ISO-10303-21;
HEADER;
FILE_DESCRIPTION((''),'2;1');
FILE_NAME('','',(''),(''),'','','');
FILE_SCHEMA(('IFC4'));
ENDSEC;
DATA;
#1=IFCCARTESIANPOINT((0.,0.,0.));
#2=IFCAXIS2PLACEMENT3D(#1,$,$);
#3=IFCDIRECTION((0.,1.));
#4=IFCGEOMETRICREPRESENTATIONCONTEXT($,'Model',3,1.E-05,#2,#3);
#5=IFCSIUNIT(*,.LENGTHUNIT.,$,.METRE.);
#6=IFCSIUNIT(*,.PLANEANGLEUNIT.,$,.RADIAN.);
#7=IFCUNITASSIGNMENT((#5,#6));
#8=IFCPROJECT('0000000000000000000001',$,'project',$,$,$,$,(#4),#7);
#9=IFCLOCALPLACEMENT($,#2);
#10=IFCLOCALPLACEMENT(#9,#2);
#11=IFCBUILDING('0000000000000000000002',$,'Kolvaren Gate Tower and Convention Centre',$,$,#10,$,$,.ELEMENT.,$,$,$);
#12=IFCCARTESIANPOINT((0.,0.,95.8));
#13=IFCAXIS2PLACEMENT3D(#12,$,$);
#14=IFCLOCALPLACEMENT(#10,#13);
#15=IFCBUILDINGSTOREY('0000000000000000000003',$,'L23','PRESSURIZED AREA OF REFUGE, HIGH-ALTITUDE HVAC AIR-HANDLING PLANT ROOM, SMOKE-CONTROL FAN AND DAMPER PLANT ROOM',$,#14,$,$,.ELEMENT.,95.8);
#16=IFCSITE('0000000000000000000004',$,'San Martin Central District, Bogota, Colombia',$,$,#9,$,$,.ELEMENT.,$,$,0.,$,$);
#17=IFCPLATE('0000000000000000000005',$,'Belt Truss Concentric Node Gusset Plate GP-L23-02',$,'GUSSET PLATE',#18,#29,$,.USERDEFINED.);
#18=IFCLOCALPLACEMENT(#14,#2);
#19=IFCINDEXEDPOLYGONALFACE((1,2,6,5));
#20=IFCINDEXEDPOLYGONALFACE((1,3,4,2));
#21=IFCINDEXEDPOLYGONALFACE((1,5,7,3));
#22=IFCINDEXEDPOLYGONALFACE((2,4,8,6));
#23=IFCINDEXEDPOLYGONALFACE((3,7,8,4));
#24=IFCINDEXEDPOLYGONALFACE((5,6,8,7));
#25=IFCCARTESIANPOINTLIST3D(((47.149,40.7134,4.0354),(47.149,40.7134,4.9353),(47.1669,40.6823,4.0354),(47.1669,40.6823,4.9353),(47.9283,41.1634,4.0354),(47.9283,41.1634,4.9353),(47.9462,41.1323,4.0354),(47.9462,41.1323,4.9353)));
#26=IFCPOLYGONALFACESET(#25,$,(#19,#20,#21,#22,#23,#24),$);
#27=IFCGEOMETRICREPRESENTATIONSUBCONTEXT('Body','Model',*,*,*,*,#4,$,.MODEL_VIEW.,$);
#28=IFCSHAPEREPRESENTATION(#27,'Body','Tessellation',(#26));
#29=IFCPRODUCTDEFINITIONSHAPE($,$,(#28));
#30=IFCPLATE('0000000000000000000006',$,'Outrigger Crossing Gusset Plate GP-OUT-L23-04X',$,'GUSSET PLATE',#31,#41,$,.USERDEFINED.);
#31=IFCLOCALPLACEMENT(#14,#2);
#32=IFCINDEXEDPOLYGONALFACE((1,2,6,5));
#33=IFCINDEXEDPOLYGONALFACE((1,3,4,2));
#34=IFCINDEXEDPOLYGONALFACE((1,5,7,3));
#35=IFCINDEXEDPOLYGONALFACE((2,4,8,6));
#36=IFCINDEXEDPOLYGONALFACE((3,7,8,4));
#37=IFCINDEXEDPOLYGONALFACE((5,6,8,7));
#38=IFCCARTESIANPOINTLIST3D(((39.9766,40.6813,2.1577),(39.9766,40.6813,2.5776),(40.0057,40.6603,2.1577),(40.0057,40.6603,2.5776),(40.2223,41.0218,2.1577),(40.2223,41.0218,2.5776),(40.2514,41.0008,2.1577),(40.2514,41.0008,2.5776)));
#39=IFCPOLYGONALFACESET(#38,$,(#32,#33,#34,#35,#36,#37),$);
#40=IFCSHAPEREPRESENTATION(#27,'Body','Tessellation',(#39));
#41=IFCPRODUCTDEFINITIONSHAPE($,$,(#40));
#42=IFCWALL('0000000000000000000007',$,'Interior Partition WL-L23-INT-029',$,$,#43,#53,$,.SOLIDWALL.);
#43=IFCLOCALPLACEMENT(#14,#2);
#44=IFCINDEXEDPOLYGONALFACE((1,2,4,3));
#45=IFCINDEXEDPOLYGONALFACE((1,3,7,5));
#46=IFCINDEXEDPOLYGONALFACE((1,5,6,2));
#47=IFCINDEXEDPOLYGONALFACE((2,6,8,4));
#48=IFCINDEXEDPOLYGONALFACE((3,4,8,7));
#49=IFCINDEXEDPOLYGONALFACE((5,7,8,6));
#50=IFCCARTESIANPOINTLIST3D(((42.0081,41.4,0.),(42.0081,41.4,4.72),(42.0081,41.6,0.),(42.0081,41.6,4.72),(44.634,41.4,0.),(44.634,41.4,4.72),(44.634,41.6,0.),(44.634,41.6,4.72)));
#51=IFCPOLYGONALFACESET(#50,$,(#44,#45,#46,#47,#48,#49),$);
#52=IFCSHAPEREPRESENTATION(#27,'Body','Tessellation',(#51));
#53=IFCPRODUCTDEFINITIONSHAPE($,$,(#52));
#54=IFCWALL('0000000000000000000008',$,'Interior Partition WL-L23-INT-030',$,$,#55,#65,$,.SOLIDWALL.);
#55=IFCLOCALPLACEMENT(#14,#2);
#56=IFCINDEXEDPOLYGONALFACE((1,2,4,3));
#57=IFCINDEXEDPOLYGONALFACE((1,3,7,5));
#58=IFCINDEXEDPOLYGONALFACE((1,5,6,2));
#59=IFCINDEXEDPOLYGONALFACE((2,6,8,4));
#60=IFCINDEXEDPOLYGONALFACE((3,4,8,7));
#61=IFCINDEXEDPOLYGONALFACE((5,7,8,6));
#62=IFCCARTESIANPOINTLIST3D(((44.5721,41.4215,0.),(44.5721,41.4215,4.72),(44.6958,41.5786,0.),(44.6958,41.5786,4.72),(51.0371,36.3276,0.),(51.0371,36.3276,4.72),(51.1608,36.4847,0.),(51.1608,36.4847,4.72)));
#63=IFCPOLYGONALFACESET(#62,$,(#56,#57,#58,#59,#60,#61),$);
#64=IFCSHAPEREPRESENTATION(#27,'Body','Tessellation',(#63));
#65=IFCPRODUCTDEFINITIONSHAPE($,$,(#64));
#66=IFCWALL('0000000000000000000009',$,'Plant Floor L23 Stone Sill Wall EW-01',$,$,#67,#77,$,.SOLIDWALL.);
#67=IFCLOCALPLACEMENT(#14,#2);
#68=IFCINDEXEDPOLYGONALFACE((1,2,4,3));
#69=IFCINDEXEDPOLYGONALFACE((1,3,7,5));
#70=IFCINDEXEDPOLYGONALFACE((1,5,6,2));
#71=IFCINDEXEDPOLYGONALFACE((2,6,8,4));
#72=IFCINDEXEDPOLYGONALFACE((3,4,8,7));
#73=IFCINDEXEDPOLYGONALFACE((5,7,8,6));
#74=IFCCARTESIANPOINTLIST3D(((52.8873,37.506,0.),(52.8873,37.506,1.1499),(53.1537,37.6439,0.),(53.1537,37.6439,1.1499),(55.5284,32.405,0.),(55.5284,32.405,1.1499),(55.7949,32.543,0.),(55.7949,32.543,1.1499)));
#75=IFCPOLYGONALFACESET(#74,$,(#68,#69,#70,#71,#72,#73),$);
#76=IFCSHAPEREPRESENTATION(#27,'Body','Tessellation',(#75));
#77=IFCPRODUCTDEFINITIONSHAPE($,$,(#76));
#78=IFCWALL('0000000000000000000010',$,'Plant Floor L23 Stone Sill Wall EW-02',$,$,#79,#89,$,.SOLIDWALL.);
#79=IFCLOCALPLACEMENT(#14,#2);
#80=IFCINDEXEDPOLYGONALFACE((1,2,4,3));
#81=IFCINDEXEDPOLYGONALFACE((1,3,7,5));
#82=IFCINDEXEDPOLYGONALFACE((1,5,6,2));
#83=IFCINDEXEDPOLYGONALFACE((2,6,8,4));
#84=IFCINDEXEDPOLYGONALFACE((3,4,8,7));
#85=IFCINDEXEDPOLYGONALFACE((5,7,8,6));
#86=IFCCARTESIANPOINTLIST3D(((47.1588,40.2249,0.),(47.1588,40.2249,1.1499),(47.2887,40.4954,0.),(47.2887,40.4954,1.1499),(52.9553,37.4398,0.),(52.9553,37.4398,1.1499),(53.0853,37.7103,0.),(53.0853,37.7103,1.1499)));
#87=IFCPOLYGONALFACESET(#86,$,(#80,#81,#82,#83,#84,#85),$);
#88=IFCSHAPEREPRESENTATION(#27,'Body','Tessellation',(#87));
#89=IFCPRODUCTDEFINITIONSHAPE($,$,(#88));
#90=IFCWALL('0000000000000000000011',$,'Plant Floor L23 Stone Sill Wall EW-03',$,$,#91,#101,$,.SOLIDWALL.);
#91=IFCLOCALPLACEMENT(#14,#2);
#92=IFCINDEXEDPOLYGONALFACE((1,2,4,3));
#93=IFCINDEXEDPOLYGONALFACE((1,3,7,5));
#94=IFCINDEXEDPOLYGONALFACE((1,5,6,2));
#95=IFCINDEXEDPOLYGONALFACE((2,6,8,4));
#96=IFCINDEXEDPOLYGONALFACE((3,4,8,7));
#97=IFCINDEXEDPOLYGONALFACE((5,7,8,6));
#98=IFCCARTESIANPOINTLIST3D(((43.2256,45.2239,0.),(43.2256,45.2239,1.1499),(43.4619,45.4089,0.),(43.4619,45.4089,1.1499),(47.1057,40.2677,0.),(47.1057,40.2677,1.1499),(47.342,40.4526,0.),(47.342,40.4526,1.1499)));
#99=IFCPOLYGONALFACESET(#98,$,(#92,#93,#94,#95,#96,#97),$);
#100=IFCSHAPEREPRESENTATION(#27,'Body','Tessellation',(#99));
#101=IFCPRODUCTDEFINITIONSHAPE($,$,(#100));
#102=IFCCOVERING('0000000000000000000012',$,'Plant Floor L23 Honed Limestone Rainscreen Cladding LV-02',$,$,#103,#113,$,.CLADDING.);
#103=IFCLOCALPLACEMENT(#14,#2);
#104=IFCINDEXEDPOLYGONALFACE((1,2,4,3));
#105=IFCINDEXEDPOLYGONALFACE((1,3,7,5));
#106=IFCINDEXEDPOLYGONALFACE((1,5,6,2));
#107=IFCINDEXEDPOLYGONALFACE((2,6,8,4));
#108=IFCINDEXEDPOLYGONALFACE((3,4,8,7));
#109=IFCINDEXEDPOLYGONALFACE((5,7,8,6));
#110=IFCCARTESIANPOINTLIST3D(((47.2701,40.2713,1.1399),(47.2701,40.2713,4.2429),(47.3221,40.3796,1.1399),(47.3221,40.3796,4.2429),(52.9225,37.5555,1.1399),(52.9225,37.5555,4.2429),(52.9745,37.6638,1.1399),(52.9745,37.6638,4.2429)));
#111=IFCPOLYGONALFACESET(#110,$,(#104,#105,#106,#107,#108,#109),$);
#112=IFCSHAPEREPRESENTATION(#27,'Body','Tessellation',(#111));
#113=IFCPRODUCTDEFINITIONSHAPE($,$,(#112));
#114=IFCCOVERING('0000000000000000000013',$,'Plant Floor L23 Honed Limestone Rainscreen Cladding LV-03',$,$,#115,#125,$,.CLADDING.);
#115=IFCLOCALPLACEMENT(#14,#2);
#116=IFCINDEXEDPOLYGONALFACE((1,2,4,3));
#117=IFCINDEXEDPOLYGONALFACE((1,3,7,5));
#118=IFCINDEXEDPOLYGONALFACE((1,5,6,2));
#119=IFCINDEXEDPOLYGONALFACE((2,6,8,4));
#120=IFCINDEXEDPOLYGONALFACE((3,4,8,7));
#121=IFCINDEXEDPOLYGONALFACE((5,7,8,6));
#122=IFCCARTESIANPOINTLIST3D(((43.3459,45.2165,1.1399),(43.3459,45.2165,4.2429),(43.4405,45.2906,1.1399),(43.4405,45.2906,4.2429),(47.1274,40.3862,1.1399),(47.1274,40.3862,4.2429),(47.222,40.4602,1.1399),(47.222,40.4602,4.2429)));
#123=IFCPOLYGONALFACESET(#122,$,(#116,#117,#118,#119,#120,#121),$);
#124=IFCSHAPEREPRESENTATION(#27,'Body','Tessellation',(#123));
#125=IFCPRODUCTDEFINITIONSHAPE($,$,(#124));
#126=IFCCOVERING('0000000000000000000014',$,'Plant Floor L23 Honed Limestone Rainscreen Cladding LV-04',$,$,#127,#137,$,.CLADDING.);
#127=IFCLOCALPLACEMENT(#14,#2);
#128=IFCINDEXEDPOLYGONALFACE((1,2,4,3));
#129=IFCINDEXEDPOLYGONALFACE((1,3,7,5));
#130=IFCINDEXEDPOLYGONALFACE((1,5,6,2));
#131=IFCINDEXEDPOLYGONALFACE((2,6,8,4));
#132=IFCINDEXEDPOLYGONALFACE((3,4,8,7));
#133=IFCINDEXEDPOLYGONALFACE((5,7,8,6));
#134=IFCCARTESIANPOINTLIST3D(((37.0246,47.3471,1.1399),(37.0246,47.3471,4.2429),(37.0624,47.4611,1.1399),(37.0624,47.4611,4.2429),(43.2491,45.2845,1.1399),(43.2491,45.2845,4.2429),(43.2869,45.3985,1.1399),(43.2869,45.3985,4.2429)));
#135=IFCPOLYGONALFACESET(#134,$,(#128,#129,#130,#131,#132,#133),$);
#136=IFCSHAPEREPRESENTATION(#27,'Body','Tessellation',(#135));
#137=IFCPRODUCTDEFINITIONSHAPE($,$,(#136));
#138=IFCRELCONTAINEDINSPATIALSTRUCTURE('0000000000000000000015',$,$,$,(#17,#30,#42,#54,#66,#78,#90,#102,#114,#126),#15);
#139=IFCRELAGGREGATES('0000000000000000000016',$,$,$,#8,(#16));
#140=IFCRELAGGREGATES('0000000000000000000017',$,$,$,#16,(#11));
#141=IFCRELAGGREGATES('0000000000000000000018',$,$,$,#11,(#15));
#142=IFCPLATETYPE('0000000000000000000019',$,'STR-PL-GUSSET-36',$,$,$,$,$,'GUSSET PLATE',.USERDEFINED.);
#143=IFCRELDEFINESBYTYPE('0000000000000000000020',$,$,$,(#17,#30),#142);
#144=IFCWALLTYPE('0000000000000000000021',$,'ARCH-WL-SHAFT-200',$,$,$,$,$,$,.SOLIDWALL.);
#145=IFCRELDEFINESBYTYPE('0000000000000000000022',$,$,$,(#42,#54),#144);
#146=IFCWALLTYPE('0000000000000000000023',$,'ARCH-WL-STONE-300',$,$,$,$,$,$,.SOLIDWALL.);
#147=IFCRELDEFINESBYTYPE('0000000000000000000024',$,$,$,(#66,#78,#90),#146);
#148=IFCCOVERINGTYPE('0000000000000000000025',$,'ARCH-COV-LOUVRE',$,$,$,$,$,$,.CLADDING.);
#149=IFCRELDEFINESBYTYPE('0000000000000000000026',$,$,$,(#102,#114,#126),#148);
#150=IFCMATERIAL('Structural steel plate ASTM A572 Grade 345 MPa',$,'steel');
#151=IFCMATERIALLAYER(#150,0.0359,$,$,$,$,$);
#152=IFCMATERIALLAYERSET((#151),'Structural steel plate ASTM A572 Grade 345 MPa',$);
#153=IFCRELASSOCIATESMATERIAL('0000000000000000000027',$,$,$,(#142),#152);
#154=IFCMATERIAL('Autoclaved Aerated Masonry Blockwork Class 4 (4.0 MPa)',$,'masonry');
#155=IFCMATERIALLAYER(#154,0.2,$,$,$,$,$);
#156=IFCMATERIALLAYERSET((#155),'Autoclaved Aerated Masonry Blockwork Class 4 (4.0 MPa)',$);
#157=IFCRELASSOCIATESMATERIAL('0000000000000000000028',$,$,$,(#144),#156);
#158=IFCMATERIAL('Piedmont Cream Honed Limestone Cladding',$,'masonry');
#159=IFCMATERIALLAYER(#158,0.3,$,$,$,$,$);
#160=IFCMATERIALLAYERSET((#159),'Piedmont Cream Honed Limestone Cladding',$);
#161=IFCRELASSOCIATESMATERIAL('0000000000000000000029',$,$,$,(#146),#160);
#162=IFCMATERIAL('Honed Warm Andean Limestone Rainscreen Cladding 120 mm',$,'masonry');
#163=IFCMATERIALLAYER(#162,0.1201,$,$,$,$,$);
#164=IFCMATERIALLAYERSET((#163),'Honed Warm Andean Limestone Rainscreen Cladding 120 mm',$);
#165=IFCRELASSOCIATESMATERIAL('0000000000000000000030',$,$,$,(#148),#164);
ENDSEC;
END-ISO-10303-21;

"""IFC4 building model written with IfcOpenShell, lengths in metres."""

from ifc_helpers import new_model, si_unit, direction, frame, frame_2d, origin, origin_2d, place, context, subcontext, project, spatial, rectangle, extrude, material, layer, layer_set, type_object, element, save


model = new_model("IFC4")

# Units and contexts
model_context = context("Model", 3, precision=1e-05, world=origin(), true_north=direction((0.0, 1.0)))
body_context = subcontext(model_context, "Body", "Model", "MODEL_VIEW")
ifc_project = project(units=[si_unit("LENGTHUNIT", "METRE"), si_unit("PLANEANGLEUNIT", "RADIAN")], contexts=[model_context])

# Site, building, storey
site_placement = place(None, origin())
site = spatial("IfcSite", under=ifc_project, at=site_placement, Name="San Martin Central District, Bogota, Colombia", CompositionType="ELEMENT", RefElevation=0.0)
building_placement = place(site_placement, origin())
building = spatial("IfcBuilding", under=site, at=building_placement, Name="Kolvaren Gate Tower and Convention Centre", CompositionType="ELEMENT")
storey_placement = place(building_placement, frame((0.0, 0.0, 95.8)))
storey = spatial("IfcBuildingStorey", under=building, at=storey_placement, Name="L23", Description="PRESSURIZED AREA OF REFUGE, HIGH-ALTITUDE HVAC AIR-HANDLING PLANT ROOM, SMOKE-CONTROL FAN AND DAMPER PLANT ROOM", CompositionType="ELEMENT", Elevation=95.8)

# Plates
ifc_material_1 = material(Name="Structural steel plate ASTM A572 Grade 345 MPa", Category="steel")
ifc_layer_1 = layer(ifc_material_1, 0.0359)
ifc_layer_set_1 = layer_set([ifc_layer_1], Name="Structural steel plate ASTM A572 Grade 345 MPa")
plate_type_1 = type_object("IfcPlateType", Name="STR-PL-GUSSET-36", ElementType="GUSSET PLATE", PredefinedType="USERDEFINED", material=ifc_layer_set_1)
plate_1_placement = place(storey_placement, frame((47.5476, 40.9229, 4.0354), z_axis=(0.0, 0.0, 1.0), x_axis=(0.866025, 0.5, 0.0)))
element("IfcPlate", 1, at=plate_1_placement, inside=storey, type_object=plate_type_1, Name="Belt Truss Concentric Node Gusset Plate GP-L23-02", ObjectType="GUSSET PLATE", PredefinedType="USERDEFINED", context=body_context, shape_type="SweptSolid", body=[
    extrude(rectangle(XDim=0.8999, YDim=0.0359, at=origin_2d()), origin(), (0.0, 0.0, 1.0), 0.8999),
])
plate_2_placement = place(storey_placement, frame((40.114, 40.8411, 2.1577), z_axis=(0.0, 0.0, 1.0), x_axis=(0.585221, 0.810874, 0.0)))
element("IfcPlate", 2, at=plate_2_placement, inside=storey, type_object=plate_type_1, Name="Outrigger Crossing Gusset Plate GP-OUT-L23-04X", ObjectType="GUSSET PLATE", PredefinedType="USERDEFINED", context=body_context, shape_type="SweptSolid", body=[
    extrude(rectangle(XDim=0.4199, YDim=0.0359, at=origin_2d()), origin(), (0.0, 0.0, 1.0), 0.4199),
])

# Walls
ifc_material_2 = material(Name="Autoclaved Aerated Masonry Blockwork Class 4 (4.0 MPa)", Category="masonry")
ifc_layer_2 = layer(ifc_material_2, 0.2)
ifc_layer_set_2 = layer_set([ifc_layer_2], Name="Autoclaved Aerated Masonry Blockwork Class 4 (4.0 MPa)")
wall_type_1 = type_object("IfcWallType", Name="ARCH-WL-SHAFT-200", PredefinedType="SOLIDWALL", material=ifc_layer_set_2)
wall_1_placement = place(storey_placement, frame((42.0081, 41.5, 0.0), z_axis=(0.0, 0.0, 1.0), x_axis=(1.0, 0.0, 0.0)))
element("IfcWall", 3, at=wall_1_placement, inside=storey, type_object=wall_type_1, Name="Interior Partition WL-L23-INT-029", PredefinedType="SOLIDWALL", context=body_context, shape_type="SweptSolid", body=[
    extrude(rectangle(XDim=2.626, YDim=0.2, at=frame_2d((1.313, 0.0))), origin(), (0.0, 0.0, 1.0), 4.72),
])
wall_2_placement = place(storey_placement, frame((44.634, 41.5, 0.0), z_axis=(0.0, 0.0, 1.0), x_axis=(0.785475, -0.618894, 0.0)))
element("IfcWall", 4, at=wall_2_placement, inside=storey, type_object=wall_type_1, Name="Interior Partition WL-L23-INT-030", PredefinedType="SOLIDWALL", context=body_context, shape_type="SweptSolid", body=[
    extrude(rectangle(XDim=8.2307, YDim=0.2, at=frame_2d((4.1152, 0.0))), origin(), (0.0, 0.0, 1.0), 4.72),
])
ifc_material_3 = material(Name="Piedmont Cream Honed Limestone Cladding", Category="masonry")
ifc_layer_3 = layer(ifc_material_3, 0.3)
ifc_layer_set_3 = layer_set([ifc_layer_3], Name="Piedmont Cream Honed Limestone Cladding")
wall_type_2 = type_object("IfcWallType", Name="ARCH-WL-STONE-300", PredefinedType="SOLIDWALL", material=ifc_layer_set_3)
wall_3_placement = place(storey_placement, frame((53.0205, 37.575, 0.0), z_axis=(0.0, 0.0, 1.0), x_axis=(0.459801, -0.888022, 0.0)))
element("IfcWall", 5, at=wall_3_placement, inside=storey, type_object=wall_type_2, Name="Plant Floor L23 Stone Sill Wall EW-01", PredefinedType="SOLIDWALL", context=body_context, shape_type="SweptSolid", body=[
    extrude(rectangle(XDim=5.7441, YDim=0.3, at=frame_2d((2.8721, 0.0))), origin(), (0.0, 0.0, 1.0), 1.1499),
])
wall_4_placement = place(storey_placement, frame((47.2239, 40.3601, 0.0), z_axis=(0.0, 0.0, 1.0), x_axis=(0.901355, -0.433082, 0.0)))
element("IfcWall", 6, at=wall_4_placement, inside=storey, type_object=wall_type_2, Name="Plant Floor L23 Stone Sill Wall EW-02", PredefinedType="SOLIDWALL", context=body_context, shape_type="SweptSolid", body=[
    extrude(rectangle(XDim=6.4309, YDim=0.3, at=frame_2d((3.2153, 0.0))), origin(), (0.0, 0.0, 1.0), 1.1499),
])
wall_5_placement = place(storey_placement, frame((43.3438, 45.3164, 0.0), z_axis=(0.0, 0.0, 1.0), x_axis=(0.616435, -0.787406, 0.0)))
element("IfcWall", 7, at=wall_5_placement, inside=storey, type_object=wall_type_2, Name="Plant Floor L23 Stone Sill Wall EW-03", PredefinedType="SOLIDWALL", context=body_context, shape_type="SweptSolid", body=[
    extrude(rectangle(XDim=6.2944, YDim=0.3, at=frame_2d((3.1472, 0.0))), origin(), (0.0, 0.0, 1.0), 1.1499),
])

# Coverings
ifc_material_4 = material(Name="Honed Warm Andean Limestone Rainscreen Cladding 120 mm", Category="masonry")
ifc_layer_4 = layer(ifc_material_4, 0.1201)
ifc_layer_set_4 = layer_set([ifc_layer_4], Name="Honed Warm Andean Limestone Rainscreen Cladding 120 mm")
covering_type = type_object("IfcCoveringType", Name="ARCH-COV-LOUVRE", PredefinedType="CLADDING", material=ifc_layer_set_4)
covering_1_placement = place(storey_placement, frame((50.1223, 38.9675, 1.1399), z_axis=(0.0, 0.0, 1.0), x_axis=(0.901358, -0.433076, 0.0)))
element("IfcCovering", 8, at=covering_1_placement, inside=storey, type_object=covering_type, Name="Plant Floor L23 Honed Limestone Rainscreen Cladding LV-02", PredefinedType="CLADDING", context=body_context, shape_type="SweptSolid", body=[
    extrude(rectangle(XDim=6.271, YDim=0.1201, at=origin_2d()), origin(), (0.0, 0.0, 1.0), 3.103),
])
covering_2_placement = place(storey_placement, frame((45.2839, 42.8384, 1.1399), z_axis=(0.0, 0.0, 1.0), x_axis=(0.616431, -0.787409, 0.0)))
element("IfcCovering", 9, at=covering_2_placement, inside=storey, type_object=covering_type, Name="Plant Floor L23 Honed Limestone Rainscreen Cladding LV-03", PredefinedType="CLADDING", context=body_context, shape_type="SweptSolid", body=[
    extrude(rectangle(XDim=6.1345, YDim=0.1201, at=origin_2d()), origin(), (0.0, 0.0, 1.0), 3.103),
])
covering_3_placement = place(storey_placement, frame((40.1558, 46.3728, 1.1399), z_axis=(0.0, 0.0, 1.0), x_axis=(0.949242, -0.314548, 0.0)))
element("IfcCovering", 10, at=covering_3_placement, inside=storey, type_object=covering_type, Name="Plant Floor L23 Honed Limestone Rainscreen Cladding LV-04", PredefinedType="CLADDING", context=body_context, shape_type="SweptSolid", body=[
    extrude(rectangle(XDim=6.5574, YDim=0.1201, at=origin_2d()), origin(), (0.0, 0.0, 1.0), 3.103),
])

save(model, "model.ifc")
